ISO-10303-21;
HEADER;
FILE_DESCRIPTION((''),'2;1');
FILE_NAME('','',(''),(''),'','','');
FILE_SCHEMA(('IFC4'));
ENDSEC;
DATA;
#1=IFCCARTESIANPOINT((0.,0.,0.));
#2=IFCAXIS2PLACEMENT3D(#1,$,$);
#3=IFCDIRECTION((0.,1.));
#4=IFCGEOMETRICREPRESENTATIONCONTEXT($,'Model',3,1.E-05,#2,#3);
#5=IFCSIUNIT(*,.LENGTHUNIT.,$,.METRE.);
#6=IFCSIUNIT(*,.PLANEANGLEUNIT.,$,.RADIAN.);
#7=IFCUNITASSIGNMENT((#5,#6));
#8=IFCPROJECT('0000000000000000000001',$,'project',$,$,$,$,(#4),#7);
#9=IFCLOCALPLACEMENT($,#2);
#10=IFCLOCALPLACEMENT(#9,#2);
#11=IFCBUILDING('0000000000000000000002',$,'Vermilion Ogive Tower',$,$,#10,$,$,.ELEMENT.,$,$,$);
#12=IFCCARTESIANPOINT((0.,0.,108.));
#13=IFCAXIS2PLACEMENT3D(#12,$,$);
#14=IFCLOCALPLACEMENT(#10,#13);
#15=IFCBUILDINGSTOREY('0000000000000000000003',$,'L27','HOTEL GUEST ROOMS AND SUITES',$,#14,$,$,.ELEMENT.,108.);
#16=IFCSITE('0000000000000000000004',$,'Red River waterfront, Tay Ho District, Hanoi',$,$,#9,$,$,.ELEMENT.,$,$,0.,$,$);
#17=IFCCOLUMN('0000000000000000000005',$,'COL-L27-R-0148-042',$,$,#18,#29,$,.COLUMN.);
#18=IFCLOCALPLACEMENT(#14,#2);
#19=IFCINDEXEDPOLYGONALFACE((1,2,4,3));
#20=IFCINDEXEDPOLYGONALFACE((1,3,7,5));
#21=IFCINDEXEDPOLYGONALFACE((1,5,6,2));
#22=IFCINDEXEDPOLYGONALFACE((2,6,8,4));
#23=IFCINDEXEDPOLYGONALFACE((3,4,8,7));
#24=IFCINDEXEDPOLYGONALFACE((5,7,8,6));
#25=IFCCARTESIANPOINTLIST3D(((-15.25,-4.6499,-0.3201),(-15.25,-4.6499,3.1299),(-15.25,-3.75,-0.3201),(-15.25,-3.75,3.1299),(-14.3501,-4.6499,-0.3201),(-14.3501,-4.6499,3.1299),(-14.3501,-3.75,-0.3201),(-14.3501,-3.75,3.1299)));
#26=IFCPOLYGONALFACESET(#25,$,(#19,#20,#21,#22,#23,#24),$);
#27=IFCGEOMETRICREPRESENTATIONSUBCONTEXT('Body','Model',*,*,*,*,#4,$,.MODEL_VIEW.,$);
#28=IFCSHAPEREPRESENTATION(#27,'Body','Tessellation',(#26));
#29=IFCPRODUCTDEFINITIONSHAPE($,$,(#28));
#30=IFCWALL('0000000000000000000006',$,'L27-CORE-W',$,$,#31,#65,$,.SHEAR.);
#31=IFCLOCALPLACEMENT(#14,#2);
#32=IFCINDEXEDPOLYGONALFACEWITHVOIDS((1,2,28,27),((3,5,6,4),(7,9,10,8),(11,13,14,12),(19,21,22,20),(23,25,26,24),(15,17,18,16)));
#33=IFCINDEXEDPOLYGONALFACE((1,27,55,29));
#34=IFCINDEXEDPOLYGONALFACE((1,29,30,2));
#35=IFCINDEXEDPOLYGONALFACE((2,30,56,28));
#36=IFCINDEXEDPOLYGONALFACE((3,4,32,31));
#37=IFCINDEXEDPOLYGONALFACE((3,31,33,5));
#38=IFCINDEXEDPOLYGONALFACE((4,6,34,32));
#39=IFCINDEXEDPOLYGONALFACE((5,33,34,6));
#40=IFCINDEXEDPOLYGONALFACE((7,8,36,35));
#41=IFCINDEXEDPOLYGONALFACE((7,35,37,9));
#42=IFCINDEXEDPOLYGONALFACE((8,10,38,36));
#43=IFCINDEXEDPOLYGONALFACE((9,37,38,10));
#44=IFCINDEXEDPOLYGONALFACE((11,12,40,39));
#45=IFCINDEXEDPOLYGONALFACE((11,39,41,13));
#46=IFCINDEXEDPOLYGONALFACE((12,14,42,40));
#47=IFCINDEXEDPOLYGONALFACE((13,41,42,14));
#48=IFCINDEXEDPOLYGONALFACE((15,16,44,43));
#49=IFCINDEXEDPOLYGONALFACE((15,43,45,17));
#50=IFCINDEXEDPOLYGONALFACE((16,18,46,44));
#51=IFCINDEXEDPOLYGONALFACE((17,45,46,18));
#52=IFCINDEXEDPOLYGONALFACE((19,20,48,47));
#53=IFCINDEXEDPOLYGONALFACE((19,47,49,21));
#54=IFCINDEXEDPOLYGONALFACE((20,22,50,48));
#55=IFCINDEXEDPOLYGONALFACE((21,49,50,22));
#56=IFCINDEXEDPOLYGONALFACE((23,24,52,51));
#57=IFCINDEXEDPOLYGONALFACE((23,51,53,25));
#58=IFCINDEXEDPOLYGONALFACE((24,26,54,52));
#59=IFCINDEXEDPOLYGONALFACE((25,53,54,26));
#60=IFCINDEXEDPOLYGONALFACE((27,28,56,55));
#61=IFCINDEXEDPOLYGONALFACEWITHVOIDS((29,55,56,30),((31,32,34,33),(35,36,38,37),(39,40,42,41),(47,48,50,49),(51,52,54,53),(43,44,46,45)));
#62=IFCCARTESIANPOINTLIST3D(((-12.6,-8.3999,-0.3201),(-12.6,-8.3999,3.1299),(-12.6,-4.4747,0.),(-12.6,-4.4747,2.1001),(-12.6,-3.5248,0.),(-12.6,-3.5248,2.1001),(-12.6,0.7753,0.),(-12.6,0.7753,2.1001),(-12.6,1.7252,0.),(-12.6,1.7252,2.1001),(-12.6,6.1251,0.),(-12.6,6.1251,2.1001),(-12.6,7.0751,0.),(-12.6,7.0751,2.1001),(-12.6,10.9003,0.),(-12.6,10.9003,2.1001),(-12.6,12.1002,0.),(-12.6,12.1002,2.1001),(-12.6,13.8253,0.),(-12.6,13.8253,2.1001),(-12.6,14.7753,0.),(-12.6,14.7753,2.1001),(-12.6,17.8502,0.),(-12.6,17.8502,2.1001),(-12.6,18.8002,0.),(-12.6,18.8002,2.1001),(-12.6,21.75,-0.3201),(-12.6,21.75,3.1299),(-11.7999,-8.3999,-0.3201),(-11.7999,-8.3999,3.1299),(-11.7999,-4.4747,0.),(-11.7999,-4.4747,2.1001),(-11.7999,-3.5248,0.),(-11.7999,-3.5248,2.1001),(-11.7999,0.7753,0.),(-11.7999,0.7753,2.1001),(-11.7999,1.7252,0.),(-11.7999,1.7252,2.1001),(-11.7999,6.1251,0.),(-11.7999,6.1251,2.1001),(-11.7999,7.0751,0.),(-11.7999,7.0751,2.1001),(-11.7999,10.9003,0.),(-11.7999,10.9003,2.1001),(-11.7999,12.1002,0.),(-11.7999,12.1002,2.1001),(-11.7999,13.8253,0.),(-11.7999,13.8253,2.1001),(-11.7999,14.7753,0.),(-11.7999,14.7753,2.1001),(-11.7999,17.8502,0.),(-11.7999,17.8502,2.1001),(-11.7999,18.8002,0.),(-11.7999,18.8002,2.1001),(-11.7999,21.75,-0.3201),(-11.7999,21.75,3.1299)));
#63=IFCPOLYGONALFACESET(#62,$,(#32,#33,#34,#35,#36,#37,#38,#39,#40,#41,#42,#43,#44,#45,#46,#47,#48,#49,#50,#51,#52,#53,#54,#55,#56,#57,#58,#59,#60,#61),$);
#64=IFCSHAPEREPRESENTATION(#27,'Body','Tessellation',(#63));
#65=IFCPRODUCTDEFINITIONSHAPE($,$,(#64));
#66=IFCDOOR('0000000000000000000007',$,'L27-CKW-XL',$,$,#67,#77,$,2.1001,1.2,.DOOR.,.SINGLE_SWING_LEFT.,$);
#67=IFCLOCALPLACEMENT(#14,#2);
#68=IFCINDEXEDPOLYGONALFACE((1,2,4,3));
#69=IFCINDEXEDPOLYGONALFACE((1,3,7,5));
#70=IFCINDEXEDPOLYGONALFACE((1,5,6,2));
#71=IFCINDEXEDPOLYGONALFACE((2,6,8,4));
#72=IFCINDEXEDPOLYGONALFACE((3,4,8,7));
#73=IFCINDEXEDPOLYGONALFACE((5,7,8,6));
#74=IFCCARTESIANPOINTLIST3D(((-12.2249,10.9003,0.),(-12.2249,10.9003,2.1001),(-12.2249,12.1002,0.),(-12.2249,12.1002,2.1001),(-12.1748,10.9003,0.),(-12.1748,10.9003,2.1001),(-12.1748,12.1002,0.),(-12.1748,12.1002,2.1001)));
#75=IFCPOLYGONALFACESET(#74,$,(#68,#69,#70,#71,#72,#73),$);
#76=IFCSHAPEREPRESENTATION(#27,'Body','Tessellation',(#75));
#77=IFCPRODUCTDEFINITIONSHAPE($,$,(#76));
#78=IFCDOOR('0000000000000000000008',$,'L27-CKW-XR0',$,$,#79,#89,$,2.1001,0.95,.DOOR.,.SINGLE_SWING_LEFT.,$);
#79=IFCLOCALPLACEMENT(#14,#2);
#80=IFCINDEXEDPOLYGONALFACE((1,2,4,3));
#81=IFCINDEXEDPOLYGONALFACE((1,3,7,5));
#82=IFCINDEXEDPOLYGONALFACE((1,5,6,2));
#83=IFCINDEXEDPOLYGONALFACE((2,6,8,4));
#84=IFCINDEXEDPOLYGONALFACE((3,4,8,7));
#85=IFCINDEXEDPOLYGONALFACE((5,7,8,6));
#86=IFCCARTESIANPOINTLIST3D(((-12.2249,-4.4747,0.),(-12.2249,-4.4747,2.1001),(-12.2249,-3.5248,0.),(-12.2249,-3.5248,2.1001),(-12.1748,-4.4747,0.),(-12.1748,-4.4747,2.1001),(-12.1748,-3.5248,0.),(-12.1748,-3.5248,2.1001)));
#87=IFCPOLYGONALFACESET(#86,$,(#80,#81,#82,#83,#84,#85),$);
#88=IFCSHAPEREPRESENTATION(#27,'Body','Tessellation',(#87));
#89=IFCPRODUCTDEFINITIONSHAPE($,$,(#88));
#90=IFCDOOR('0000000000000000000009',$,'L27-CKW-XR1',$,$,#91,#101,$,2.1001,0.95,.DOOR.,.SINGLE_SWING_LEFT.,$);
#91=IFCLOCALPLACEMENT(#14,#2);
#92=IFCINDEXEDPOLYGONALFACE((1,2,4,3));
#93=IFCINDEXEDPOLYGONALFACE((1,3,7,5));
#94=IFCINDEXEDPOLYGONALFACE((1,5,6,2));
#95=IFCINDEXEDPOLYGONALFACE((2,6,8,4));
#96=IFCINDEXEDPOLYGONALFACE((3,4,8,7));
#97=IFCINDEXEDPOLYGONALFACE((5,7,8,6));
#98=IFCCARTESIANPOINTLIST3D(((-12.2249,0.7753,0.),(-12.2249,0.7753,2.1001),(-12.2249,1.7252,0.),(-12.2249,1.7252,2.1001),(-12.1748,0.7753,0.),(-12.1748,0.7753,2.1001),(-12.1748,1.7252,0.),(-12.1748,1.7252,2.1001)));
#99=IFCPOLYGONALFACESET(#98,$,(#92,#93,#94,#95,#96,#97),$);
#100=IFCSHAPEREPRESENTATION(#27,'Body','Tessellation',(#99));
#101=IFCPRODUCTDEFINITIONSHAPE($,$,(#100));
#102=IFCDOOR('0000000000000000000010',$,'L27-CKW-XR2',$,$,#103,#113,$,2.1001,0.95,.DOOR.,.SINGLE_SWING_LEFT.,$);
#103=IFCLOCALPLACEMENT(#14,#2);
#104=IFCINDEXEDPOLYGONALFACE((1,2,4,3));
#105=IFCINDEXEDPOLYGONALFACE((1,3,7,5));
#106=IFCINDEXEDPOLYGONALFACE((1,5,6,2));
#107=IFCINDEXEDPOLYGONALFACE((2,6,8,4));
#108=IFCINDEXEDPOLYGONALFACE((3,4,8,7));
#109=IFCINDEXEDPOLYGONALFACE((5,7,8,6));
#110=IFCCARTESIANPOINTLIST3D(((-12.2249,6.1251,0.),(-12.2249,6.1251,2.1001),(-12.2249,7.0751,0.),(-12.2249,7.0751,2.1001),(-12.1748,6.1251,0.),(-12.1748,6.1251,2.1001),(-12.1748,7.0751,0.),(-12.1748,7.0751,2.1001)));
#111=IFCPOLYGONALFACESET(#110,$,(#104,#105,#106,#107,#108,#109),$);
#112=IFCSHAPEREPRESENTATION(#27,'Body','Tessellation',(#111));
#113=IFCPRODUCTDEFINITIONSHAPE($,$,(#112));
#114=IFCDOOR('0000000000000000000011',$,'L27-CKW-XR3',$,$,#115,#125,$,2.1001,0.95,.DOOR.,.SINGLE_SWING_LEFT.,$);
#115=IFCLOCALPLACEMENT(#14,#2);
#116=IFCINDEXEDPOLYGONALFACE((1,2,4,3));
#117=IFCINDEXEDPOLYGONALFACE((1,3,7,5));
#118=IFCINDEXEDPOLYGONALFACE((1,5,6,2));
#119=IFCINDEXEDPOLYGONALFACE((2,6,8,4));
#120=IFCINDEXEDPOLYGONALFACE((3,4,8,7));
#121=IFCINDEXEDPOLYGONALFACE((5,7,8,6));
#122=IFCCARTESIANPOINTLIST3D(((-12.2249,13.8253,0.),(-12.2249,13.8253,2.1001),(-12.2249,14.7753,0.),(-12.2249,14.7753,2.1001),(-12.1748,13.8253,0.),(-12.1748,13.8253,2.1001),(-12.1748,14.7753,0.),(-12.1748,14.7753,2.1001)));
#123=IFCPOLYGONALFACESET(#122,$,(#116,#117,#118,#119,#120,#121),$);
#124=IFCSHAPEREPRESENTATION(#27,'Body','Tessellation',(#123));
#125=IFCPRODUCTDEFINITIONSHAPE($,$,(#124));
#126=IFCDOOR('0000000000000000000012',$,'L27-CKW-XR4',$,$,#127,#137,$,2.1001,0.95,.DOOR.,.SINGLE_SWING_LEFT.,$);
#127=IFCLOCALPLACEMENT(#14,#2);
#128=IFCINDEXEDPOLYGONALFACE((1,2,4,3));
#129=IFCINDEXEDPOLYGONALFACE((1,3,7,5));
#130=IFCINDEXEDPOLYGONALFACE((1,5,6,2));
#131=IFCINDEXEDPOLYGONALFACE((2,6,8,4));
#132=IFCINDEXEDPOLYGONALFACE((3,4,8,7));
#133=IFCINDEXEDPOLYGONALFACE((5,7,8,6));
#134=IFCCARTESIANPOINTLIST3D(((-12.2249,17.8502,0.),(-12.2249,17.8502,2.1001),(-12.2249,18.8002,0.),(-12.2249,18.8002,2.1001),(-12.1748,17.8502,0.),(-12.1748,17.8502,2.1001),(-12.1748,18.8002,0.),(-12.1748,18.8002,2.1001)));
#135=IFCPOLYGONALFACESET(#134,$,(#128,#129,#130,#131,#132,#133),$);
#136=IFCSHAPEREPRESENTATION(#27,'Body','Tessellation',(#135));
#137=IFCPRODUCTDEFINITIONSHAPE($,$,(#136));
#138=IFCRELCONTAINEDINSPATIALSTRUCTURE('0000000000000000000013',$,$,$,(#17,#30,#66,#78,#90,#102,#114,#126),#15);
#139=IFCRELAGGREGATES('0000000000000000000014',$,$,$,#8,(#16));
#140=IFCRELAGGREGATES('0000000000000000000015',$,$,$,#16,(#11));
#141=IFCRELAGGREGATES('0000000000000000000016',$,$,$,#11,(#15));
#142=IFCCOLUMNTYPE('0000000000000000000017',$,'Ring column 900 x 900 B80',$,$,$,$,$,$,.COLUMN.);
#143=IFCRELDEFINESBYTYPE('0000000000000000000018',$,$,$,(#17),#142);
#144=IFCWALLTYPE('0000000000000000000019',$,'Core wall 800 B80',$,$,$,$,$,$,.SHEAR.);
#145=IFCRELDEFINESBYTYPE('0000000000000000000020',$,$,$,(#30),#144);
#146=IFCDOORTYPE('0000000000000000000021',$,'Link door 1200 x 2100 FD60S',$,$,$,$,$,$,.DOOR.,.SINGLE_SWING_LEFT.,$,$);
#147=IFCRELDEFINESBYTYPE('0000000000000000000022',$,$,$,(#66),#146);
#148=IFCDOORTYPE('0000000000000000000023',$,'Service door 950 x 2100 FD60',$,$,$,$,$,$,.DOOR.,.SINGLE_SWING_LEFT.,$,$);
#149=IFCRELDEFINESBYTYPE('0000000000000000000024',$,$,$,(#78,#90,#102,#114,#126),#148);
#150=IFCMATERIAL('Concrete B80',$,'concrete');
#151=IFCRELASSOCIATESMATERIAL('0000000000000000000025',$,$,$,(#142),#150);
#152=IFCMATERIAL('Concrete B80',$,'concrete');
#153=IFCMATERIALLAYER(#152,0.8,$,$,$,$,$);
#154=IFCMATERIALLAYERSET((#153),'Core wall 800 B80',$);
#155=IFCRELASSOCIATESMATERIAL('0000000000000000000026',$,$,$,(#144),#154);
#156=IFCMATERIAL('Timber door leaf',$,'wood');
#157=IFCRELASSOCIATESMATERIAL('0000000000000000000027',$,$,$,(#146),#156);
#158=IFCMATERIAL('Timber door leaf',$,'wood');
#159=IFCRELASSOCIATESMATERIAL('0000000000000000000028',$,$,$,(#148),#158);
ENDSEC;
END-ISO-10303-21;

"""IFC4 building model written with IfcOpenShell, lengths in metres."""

from ifc_helpers import new_model, si_unit, direction, frame, frame_2d, origin, origin_2d, place, context, subcontext, project, spatial, rectangle, extrude, material, layer, layer_set, material_profile, profile_set, type_object, element, fill, save


model = new_model("IFC4")

# Units and contexts
model_context = context("Model", 3, precision=1e-05, world=origin(), true_north=direction((0.0, 1.0)))
body_context = subcontext(model_context, "Body", "Model", "MODEL_VIEW")
ifc_project = project(units=[si_unit("LENGTHUNIT", "METRE"), si_unit("PLANEANGLEUNIT", "RADIAN")], contexts=[model_context])

# Site, building, storey
site_placement = place(None, origin())
site = spatial("IfcSite", under=ifc_project, at=site_placement, Name="Red River waterfront, Tay Ho District, Hanoi", CompositionType="ELEMENT", RefElevation=0.0)
building_placement = place(site_placement, origin())
building = spatial("IfcBuilding", under=site, at=building_placement, Name="Vermilion Ogive Tower", CompositionType="ELEMENT")
storey_placement = place(building_placement, frame((0.0, 0.0, 108.0)))
storey = spatial("IfcBuildingStorey", under=building, at=storey_placement, Name="L27", Description="HOTEL GUEST ROOMS AND SUITES", CompositionType="ELEMENT", Elevation=108.0)

# Column
ifc_material_1 = material(Name="Concrete B80", Category="concrete")
ifc_material_profile = material_profile(ifc_material_1, rectangle(XDim=0.8999, YDim=0.8999, at=origin_2d()), Name="900 x 900")
ifc_profile_set = profile_set([ifc_material_profile], Name="Concrete B80")
column_type = type_object("IfcColumnType", Name="Ring column 900 x 900 B80", PredefinedType="COLUMN", material=ifc_profile_set)
column_placement = place(storey_placement, frame((-14.8, -4.2, -0.3201), z_axis=(0.0, 0.0, 1.0), x_axis=(1.0, 0.0, 0.0)))
element("IfcColumn", 1, at=column_placement, inside=storey, type_object=column_type, Name="COL-L27-R-0148-042", PredefinedType="COLUMN", context=body_context, shape_type="SweptSolid", body=[
    extrude(rectangle(XDim=0.8999, YDim=0.8999, at=origin_2d()), origin(), (0.0, 0.0, 1.0), 3.45),
])

# Wall, openings, doors
ifc_material_2 = material(Name="Concrete B80", Category="concrete")
ifc_layer_1 = layer(ifc_material_2, 0.8)
ifc_layer_set_1 = layer_set([ifc_layer_1], Name="Core wall 800 B80")
wall_type_1 = type_object("IfcWallType", Name="Core wall 800 B80", PredefinedType="SHEAR", material=ifc_layer_set_1)
wall_1_placement = place(storey_placement, frame((-12.2, -8.3999, -0.3201), z_axis=(0.0, 0.0, 1.0), x_axis=(0.0, 1.0, 0.0)))
wall_1 = element("IfcWall", 2, at=wall_1_placement, inside=storey, type_object=wall_type_1, Name="L27-CORE-W", PredefinedType="SHEAR", context=body_context, shape_type="SweptSolid", body=[
    extrude(rectangle(XDim=30.1499, YDim=0.8, at=frame_2d((15.075, 0.0))), origin(), (0.0, 0.0, 1.0), 3.45),
])
opening_1_placement = place(wall_1_placement, frame((3.925, 0.0, 0.3201)))
opening_1 = element("IfcOpeningElement", 3, at=opening_1_placement, cuts=wall_1, PredefinedType="OPENING", context=body_context, shape_type="SweptSolid", body=[
    extrude(rectangle(XDim=0.95, YDim=2.1001, at=frame_2d((0.4751, 1.05))), frame((0.0, 0.4099, 0.0), z_axis=(0.0, -1.0, 0.0), x_axis=(1.0, 0.0, 0.0)), (0.0, 0.0, 1.0), 0.8201),
])
opening_2_placement = place(wall_1_placement, frame((9.175, 0.0, 0.3201)))
opening_2 = element("IfcOpeningElement", 4, at=opening_2_placement, cuts=wall_1, PredefinedType="OPENING", context=body_context, shape_type="SweptSolid", body=[
    extrude(rectangle(XDim=0.95, YDim=2.1001, at=frame_2d((0.4751, 1.05))), frame((0.0, 0.4099, 0.0), z_axis=(0.0, -1.0, 0.0), x_axis=(1.0, 0.0, 0.0)), (0.0, 0.0, 1.0), 0.8201),
])
opening_3_placement = place(wall_1_placement, frame((14.5249, 0.0, 0.3201)))
opening_3 = element("IfcOpeningElement", 5, at=opening_3_placement, cuts=wall_1, PredefinedType="OPENING", context=body_context, shape_type="SweptSolid", body=[
    extrude(rectangle(XDim=0.95, YDim=2.1001, at=frame_2d((0.4751, 1.05))), frame((0.0, 0.4099, 0.0), z_axis=(0.0, -1.0, 0.0), x_axis=(1.0, 0.0, 0.0)), (0.0, 0.0, 1.0), 0.8201),
])
opening_4_placement = place(wall_1_placement, frame((22.2251, 0.0, 0.3201)))
opening_4 = element("IfcOpeningElement", 6, at=opening_4_placement, cuts=wall_1, PredefinedType="OPENING", context=body_context, shape_type="SweptSolid", body=[
    extrude(rectangle(XDim=0.95, YDim=2.1001, at=frame_2d((0.4751, 1.05))), frame((0.0, 0.4099, 0.0), z_axis=(0.0, -1.0, 0.0), x_axis=(1.0, 0.0, 0.0)), (0.0, 0.0, 1.0), 0.8201),
])
opening_5_placement = place(wall_1_placement, frame((26.25, 0.0, 0.3201)))
opening_5 = element("IfcOpeningElement", 7, at=opening_5_placement, cuts=wall_1, PredefinedType="OPENING", context=body_context, shape_type="SweptSolid", body=[
    extrude(rectangle(XDim=0.95, YDim=2.1001, at=frame_2d((0.4751, 1.05))), frame((0.0, 0.4099, 0.0), z_axis=(0.0, -1.0, 0.0), x_axis=(1.0, 0.0, 0.0)), (0.0, 0.0, 1.0), 0.8201),
])
opening_6_placement = place(wall_1_placement, frame((19.3, 0.0, 0.3201)))
opening_6 = element("IfcOpeningElement", 8, at=opening_6_placement, cuts=wall_1, PredefinedType="OPENING", context=body_context, shape_type="SweptSolid", body=[
    extrude(rectangle(XDim=1.2, YDim=2.1001, at=frame_2d((0.6001, 1.05))), frame((0.0, 0.4099, 0.0), z_axis=(0.0, -1.0, 0.0), x_axis=(1.0, 0.0, 0.0)), (0.0, 0.0, 1.0), 0.8201),
])
ifc_material_3 = material(Name="Timber door leaf", Category="wood")
door_type_1 = type_object("IfcDoorType", Name="Link door 1200 x 2100 FD60S", OperationType="SINGLE_SWING_LEFT", PredefinedType="DOOR", material=ifc_material_3)
door_1_placement = place(opening_6_placement, origin())
door_1 = element("IfcDoor", 9, at=door_1_placement, inside=storey, type_object=door_type_1, Name="L27-CKW-XL", OperationType="SINGLE_SWING_LEFT", OverallHeight=2.1001, OverallWidth=1.2, PredefinedType="DOOR", context=body_context, shape_type="SweptSolid", body=[
    extrude(rectangle(XDim=1.2, YDim=2.1001, at=frame_2d((0.6001, 1.05))), frame((0.0, 0.0249, 0.0), z_axis=(0.0, -1.0, 0.0), x_axis=(1.0, 0.0, 0.0)), (0.0, 0.0, 1.0), 0.05),
])
fill(opening_6, door_1)
ifc_material_4 = material(Name="Timber door leaf", Category="wood")
door_type_2 = type_object("IfcDoorType", Name="Service door 950 x 2100 FD60", OperationType="SINGLE_SWING_LEFT", PredefinedType="DOOR", material=ifc_material_4)
door_2_placement = place(opening_1_placement, origin())
door_2 = element("IfcDoor", 10, at=door_2_placement, inside=storey, type_object=door_type_2, Name="L27-CKW-XR0", OperationType="SINGLE_SWING_LEFT", OverallHeight=2.1001, OverallWidth=0.95, PredefinedType="DOOR", context=body_context, shape_type="SweptSolid", body=[
    extrude(rectangle(XDim=0.95, YDim=2.1001, at=frame_2d((0.4751, 1.05))), frame((0.0, 0.0249, 0.0), z_axis=(0.0, -1.0, 0.0), x_axis=(1.0, 0.0, 0.0)), (0.0, 0.0, 1.0), 0.05),
])
fill(opening_1, door_2)
door_3_placement = place(opening_2_placement, origin())
door_3 = element("IfcDoor", 11, at=door_3_placement, inside=storey, type_object=door_type_2, Name="L27-CKW-XR1", OperationType="SINGLE_SWING_LEFT", OverallHeight=2.1001, OverallWidth=0.95, PredefinedType="DOOR", context=body_context, shape_type="SweptSolid", body=[
    extrude(rectangle(XDim=0.95, YDim=2.1001, at=frame_2d((0.4751, 1.05))), frame((0.0, 0.0249, 0.0), z_axis=(0.0, -1.0, 0.0), x_axis=(1.0, 0.0, 0.0)), (0.0, 0.0, 1.0), 0.05),
])
fill(opening_2, door_3)
door_4_placement = place(opening_3_placement, origin())
door_4 = element("IfcDoor", 12, at=door_4_placement, inside=storey, type_object=door_type_2, Name="L27-CKW-XR2", OperationType="SINGLE_SWING_LEFT", OverallHeight=2.1001, OverallWidth=0.95, PredefinedType="DOOR", context=body_context, shape_type="SweptSolid", body=[
    extrude(rectangle(XDim=0.95, YDim=2.1001, at=frame_2d((0.4751, 1.05))), frame((0.0, 0.0249, 0.0), z_axis=(0.0, -1.0, 0.0), x_axis=(1.0, 0.0, 0.0)), (0.0, 0.0, 1.0), 0.05),
])
fill(opening_3, door_4)
door_5_placement = place(opening_4_placement, origin())
door_5 = element("IfcDoor", 13, at=door_5_placement, inside=storey, type_object=door_type_2, Name="L27-CKW-XR3", OperationType="SINGLE_SWING_LEFT", OverallHeight=2.1001, OverallWidth=0.95, PredefinedType="DOOR", context=body_context, shape_type="SweptSolid", body=[
    extrude(rectangle(XDim=0.95, YDim=2.1001, at=frame_2d((0.4751, 1.05))), frame((0.0, 0.0249, 0.0), z_axis=(0.0, -1.0, 0.0), x_axis=(1.0, 0.0, 0.0)), (0.0, 0.0, 1.0), 0.05),
])
fill(opening_4, door_5)
door_6_placement = place(opening_5_placement, origin())
door_6 = element("IfcDoor", 14, at=door_6_placement, inside=storey, type_object=door_type_2, Name="L27-CKW-XR4", OperationType="SINGLE_SWING_LEFT", OverallHeight=2.1001, OverallWidth=0.95, PredefinedType="DOOR", context=body_context, shape_type="SweptSolid", body=[
    extrude(rectangle(XDim=0.95, YDim=2.1001, at=frame_2d((0.4751, 1.05))), frame((0.0, 0.0249, 0.0), z_axis=(0.0, -1.0, 0.0), x_axis=(1.0, 0.0, 0.0)), (0.0, 0.0, 1.0), 0.05),
])
fill(opening_5, door_6)

save(model, "model.ifc")
